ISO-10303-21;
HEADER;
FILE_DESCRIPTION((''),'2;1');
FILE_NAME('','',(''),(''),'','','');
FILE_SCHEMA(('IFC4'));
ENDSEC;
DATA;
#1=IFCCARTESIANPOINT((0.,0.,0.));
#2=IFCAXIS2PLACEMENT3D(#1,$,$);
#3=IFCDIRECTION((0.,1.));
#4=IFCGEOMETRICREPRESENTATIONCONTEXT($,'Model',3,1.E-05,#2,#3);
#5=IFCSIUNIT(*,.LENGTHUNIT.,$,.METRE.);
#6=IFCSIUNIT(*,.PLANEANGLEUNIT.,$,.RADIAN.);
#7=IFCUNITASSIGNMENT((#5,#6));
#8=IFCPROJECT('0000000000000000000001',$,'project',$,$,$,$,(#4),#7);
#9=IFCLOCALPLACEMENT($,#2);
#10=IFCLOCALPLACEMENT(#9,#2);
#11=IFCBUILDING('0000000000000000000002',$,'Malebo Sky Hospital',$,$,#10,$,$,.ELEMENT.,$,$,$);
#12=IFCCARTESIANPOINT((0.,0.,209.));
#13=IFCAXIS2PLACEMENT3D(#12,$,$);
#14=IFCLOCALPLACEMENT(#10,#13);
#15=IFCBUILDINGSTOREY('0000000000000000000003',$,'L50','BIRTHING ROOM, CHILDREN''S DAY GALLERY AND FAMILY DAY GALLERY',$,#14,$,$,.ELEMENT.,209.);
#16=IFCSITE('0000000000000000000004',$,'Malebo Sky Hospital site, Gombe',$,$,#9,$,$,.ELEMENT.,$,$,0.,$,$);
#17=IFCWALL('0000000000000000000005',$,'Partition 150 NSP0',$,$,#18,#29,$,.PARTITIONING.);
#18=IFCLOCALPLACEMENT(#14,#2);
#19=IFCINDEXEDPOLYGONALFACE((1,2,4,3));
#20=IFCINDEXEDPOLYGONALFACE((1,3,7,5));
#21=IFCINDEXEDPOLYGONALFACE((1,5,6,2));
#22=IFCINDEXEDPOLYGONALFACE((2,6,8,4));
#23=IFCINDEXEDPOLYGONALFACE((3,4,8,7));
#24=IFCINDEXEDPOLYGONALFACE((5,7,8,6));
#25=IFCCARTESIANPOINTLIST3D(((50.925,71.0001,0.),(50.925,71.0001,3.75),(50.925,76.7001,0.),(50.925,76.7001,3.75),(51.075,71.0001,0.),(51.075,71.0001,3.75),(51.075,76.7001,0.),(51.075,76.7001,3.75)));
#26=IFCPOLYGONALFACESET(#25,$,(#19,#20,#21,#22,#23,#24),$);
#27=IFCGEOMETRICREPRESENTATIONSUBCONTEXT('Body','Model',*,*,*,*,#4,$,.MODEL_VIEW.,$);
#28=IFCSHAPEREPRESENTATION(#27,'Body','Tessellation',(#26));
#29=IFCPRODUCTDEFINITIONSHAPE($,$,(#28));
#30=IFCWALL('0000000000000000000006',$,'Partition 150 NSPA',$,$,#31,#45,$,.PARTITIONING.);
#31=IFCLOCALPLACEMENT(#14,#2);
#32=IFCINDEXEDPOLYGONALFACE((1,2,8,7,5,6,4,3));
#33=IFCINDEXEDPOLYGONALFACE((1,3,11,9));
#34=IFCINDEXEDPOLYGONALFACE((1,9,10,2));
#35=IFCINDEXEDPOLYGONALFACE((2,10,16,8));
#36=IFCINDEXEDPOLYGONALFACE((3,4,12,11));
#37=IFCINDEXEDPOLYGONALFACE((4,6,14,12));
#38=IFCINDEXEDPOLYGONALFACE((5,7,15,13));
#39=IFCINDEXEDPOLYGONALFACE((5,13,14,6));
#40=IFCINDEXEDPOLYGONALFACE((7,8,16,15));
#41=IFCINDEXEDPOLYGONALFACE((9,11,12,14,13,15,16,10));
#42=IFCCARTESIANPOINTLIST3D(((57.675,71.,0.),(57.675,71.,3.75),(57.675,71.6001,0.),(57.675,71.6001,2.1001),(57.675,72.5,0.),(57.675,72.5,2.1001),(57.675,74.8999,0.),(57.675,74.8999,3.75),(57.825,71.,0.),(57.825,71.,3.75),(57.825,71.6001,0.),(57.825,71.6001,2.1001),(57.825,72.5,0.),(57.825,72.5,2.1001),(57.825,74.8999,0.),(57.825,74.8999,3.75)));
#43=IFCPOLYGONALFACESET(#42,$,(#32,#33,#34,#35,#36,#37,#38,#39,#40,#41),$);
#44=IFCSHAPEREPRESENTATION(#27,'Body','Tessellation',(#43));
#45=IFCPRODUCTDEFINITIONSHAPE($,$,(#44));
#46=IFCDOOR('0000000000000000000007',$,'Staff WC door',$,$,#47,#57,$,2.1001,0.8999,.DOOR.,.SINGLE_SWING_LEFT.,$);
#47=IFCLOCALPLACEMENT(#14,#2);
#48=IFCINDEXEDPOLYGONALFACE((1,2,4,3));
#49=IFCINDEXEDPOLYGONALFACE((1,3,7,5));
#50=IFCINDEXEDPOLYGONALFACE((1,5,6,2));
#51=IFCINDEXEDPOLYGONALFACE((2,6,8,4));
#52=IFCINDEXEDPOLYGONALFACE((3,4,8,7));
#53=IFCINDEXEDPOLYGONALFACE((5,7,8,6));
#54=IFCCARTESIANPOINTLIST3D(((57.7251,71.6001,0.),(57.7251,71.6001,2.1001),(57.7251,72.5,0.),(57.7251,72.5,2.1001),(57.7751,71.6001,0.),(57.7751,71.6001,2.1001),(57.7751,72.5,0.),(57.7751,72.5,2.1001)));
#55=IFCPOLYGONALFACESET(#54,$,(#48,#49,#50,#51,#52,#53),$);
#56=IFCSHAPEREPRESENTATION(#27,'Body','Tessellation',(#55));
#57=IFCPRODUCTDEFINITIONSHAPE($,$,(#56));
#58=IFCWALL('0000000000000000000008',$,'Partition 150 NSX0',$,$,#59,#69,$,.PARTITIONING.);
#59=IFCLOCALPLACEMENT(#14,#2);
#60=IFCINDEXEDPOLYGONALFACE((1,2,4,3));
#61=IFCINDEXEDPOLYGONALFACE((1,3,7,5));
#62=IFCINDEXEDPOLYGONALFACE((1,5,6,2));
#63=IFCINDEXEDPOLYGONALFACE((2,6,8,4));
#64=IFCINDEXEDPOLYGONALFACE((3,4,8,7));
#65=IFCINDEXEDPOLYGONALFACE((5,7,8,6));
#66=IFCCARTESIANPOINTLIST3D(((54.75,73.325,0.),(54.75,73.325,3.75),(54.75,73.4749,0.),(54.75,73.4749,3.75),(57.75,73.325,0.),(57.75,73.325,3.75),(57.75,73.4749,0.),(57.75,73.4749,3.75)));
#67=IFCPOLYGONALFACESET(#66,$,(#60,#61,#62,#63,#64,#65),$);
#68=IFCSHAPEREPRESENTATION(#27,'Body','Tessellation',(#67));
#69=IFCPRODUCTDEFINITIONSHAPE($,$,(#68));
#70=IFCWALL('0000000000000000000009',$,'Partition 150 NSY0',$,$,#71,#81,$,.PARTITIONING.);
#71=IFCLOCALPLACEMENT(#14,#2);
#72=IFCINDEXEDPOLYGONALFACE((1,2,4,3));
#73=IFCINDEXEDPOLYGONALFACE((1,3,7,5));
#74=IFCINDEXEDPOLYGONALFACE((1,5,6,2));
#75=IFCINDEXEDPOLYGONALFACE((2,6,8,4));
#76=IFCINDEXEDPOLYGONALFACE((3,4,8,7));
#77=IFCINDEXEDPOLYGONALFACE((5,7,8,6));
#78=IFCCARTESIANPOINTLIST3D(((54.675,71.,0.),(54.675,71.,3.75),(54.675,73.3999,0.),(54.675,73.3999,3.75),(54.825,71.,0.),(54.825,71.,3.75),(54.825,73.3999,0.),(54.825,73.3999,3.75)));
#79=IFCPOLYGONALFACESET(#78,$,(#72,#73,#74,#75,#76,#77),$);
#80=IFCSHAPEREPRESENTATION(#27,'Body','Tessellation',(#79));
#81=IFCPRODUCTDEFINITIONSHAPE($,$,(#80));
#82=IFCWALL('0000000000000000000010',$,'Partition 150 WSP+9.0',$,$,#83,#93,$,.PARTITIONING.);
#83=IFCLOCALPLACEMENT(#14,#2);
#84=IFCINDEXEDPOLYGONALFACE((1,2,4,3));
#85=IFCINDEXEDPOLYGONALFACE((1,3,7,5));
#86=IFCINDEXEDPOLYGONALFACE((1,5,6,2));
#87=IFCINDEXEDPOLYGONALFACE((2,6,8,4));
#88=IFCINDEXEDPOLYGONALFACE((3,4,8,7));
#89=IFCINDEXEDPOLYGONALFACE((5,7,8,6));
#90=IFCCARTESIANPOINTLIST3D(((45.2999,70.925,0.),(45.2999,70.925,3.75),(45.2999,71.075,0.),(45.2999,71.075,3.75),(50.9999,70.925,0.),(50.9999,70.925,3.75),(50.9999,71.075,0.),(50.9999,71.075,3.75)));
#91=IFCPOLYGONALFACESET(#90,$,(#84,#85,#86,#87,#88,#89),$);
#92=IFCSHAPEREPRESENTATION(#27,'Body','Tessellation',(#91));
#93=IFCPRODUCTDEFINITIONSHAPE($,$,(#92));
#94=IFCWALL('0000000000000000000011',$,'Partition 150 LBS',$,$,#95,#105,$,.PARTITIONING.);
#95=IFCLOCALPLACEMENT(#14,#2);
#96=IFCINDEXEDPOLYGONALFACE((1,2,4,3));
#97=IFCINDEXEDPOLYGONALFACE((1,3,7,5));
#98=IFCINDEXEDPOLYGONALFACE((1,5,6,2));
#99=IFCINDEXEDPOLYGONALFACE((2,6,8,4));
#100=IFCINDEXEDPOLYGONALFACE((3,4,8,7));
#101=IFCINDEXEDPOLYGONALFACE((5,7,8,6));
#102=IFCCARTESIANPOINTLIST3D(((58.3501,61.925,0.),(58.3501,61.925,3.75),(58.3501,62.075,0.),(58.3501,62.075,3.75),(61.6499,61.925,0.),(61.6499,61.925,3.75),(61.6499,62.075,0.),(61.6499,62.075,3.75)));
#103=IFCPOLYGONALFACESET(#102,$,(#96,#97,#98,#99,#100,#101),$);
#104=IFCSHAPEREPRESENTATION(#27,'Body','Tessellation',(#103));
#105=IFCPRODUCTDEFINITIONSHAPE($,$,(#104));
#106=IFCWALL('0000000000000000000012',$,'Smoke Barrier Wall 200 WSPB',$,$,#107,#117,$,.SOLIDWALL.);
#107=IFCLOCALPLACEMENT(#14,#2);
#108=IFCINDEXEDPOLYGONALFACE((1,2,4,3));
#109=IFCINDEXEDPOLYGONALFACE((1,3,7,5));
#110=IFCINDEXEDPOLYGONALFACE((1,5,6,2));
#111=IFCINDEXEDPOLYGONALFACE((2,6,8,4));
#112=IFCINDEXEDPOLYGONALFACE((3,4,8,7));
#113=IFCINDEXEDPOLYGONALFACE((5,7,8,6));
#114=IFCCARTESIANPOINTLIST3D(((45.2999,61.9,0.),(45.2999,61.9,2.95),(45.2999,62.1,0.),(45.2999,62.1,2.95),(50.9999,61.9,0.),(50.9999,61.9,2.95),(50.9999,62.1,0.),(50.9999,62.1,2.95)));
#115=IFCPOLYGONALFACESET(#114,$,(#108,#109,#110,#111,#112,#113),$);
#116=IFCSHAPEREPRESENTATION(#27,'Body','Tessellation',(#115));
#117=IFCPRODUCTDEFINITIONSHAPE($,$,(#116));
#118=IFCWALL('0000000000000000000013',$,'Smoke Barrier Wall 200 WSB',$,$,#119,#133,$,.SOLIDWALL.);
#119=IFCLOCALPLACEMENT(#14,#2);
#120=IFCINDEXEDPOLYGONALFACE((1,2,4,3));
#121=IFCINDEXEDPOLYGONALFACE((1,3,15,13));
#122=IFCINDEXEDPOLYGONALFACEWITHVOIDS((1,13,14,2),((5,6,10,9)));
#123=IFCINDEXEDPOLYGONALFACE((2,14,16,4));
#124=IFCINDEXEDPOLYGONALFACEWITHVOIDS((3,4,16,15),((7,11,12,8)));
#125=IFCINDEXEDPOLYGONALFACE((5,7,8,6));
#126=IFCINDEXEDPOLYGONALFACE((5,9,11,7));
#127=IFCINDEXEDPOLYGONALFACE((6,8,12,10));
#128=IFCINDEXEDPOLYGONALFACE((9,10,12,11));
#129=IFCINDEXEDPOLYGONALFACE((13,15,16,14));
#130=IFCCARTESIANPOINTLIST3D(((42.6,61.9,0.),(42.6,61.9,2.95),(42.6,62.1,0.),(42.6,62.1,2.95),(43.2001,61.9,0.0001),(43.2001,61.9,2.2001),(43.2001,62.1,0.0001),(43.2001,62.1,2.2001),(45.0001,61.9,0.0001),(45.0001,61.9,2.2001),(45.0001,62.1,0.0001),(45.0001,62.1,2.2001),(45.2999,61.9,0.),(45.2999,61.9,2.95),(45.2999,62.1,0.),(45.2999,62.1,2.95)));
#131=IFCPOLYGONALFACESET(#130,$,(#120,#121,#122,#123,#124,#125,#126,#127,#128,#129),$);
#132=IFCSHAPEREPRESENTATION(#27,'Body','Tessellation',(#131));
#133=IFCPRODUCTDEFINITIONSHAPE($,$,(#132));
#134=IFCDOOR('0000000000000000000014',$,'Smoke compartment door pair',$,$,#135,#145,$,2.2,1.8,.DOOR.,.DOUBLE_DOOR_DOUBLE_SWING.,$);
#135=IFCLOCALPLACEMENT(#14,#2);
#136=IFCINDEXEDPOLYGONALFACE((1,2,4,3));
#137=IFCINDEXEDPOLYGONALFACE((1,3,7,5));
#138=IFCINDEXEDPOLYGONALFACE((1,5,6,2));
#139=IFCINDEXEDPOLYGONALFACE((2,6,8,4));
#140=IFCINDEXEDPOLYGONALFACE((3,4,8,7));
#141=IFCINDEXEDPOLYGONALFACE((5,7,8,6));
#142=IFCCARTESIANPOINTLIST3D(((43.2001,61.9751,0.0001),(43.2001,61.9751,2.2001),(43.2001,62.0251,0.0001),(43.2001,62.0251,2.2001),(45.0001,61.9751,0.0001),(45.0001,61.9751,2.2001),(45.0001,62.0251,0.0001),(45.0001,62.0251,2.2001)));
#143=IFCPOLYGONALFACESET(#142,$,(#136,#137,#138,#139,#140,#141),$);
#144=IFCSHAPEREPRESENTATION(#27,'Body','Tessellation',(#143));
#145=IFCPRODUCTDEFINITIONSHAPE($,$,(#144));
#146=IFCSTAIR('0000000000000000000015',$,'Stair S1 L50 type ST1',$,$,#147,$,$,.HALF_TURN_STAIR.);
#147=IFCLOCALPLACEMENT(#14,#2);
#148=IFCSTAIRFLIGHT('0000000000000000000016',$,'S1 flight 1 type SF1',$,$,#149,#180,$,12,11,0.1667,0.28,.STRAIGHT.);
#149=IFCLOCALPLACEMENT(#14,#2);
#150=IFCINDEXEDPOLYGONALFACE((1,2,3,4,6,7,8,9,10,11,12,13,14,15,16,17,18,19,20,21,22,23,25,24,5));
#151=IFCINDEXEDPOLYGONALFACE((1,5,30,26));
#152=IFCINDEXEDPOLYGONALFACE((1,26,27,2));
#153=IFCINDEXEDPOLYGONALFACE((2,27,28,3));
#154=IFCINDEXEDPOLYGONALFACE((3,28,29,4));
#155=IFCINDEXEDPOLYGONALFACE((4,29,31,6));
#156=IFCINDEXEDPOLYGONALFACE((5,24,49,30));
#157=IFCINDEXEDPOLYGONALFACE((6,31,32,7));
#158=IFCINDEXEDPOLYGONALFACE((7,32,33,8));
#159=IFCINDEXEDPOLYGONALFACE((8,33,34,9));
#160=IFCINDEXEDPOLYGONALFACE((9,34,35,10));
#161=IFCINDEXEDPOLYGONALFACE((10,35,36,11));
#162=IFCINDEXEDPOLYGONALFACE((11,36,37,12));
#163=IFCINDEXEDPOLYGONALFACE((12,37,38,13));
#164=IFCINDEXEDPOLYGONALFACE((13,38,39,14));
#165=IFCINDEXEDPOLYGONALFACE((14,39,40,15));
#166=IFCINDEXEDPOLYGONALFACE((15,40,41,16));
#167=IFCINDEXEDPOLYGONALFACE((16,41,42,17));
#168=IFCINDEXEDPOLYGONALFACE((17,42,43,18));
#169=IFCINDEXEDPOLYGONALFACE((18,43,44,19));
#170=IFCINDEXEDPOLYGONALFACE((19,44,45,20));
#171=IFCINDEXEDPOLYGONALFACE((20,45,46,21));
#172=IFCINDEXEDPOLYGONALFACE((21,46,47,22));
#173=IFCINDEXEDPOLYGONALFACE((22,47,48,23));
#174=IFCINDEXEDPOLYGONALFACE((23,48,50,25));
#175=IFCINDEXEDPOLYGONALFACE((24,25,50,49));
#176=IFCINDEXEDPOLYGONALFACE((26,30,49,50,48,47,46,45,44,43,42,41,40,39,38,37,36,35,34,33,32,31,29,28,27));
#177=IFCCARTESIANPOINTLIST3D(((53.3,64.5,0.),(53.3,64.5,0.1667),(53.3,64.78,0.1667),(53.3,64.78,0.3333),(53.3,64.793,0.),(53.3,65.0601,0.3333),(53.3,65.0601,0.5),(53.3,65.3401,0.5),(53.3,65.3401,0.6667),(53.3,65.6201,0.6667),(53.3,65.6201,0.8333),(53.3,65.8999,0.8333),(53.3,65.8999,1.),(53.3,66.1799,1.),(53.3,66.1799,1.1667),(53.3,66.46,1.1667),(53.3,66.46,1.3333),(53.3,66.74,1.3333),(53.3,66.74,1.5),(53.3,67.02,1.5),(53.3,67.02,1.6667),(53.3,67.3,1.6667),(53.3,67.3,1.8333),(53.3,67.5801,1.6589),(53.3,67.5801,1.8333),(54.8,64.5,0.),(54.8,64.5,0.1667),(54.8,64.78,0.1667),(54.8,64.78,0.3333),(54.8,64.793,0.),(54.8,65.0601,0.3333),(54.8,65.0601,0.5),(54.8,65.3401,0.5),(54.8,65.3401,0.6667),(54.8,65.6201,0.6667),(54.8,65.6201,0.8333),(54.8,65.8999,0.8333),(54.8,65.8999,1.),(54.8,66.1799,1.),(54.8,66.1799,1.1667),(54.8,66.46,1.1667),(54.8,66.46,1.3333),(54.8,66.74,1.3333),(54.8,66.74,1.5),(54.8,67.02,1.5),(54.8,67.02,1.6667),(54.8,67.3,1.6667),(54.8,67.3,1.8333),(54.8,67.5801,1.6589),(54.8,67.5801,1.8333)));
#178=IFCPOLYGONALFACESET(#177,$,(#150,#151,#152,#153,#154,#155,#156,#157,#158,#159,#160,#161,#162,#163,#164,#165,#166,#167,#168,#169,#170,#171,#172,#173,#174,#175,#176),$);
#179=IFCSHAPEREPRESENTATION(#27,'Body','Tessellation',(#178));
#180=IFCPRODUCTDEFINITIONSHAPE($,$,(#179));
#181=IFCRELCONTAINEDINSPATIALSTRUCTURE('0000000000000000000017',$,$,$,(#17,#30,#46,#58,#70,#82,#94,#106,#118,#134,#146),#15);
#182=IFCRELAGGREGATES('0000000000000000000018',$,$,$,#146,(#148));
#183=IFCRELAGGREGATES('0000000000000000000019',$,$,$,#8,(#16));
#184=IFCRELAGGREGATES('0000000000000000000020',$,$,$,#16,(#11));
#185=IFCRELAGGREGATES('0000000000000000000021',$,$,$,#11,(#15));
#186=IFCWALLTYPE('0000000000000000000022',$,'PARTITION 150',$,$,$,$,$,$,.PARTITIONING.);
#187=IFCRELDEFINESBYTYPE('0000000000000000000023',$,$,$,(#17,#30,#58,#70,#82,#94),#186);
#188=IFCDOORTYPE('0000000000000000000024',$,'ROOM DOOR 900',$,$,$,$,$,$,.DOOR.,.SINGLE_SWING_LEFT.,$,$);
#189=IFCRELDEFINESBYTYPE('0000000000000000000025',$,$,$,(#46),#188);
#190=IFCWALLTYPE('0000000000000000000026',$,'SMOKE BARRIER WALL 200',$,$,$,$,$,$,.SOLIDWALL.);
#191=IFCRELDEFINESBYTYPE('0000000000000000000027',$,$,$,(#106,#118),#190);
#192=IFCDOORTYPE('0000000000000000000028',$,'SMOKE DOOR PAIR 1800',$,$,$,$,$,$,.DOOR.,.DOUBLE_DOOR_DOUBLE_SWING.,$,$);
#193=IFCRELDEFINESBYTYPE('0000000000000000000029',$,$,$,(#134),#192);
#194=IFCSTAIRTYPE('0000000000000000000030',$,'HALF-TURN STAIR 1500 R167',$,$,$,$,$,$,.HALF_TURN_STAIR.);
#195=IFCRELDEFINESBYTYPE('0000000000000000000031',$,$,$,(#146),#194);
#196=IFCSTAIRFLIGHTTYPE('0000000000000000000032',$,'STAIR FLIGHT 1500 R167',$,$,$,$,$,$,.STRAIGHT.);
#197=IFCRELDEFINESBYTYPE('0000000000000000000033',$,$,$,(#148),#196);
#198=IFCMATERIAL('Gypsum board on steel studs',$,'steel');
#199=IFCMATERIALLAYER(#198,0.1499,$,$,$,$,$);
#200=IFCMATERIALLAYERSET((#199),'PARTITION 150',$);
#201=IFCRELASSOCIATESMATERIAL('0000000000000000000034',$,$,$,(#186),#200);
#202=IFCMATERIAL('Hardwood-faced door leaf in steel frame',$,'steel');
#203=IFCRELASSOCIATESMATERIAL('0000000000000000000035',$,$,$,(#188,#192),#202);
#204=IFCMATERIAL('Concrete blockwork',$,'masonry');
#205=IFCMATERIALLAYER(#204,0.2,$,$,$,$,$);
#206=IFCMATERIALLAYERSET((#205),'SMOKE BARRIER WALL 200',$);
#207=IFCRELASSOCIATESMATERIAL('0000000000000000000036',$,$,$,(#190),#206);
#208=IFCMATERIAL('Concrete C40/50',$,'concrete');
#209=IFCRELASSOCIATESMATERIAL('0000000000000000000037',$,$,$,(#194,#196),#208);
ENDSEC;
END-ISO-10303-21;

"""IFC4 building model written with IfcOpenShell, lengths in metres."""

from ifc_helpers import new_model, si_unit, direction, frame, frame_2d, origin, place, context, subcontext, project, spatial, polyline, rectangle, outline, extrude, material, layer, layer_set, type_object, element, fill, aggregate, save


model = new_model("IFC4")

# Units and contexts
model_context = context("Model", 3, precision=1e-05, world=origin(), true_north=direction((0.0, 1.0)))
body_context = subcontext(model_context, "Body", "Model", "MODEL_VIEW")
ifc_project = project(units=[si_unit("LENGTHUNIT", "METRE"), si_unit("PLANEANGLEUNIT", "RADIAN")], contexts=[model_context])

# Site, building, storey
site_placement = place(None, origin())
site = spatial("IfcSite", under=ifc_project, at=site_placement, Name="Malebo Sky Hospital site, Gombe", CompositionType="ELEMENT", RefElevation=0.0)
building_placement = place(site_placement, origin())
building = spatial("IfcBuilding", under=site, at=building_placement, Name="Malebo Sky Hospital", CompositionType="ELEMENT")
storey_placement = place(building_placement, frame((0.0, 0.0, 209.0)))
storey = spatial("IfcBuildingStorey", under=building, at=storey_placement, Name="L50", Description="BIRTHING ROOM, CHILDREN'S DAY GALLERY AND FAMILY DAY GALLERY", CompositionType="ELEMENT", Elevation=209.0)

# Shared definitions
ifc_material_1 = material(Name="Hardwood-faced door leaf in steel frame", Category="steel")
ifc_material_2 = material(Name="Gypsum board on steel studs", Category="steel")

# Wall
ifc_layer_1 = layer(ifc_material_2, 0.1499)
ifc_layer_set_1 = layer_set([ifc_layer_1], Name="PARTITION 150")
wall_type_1 = type_object("IfcWallType", Name="PARTITION 150", PredefinedType="PARTITIONING", material=ifc_layer_set_1)
wall_1_placement = place(storey_placement, frame((51.0, 71.0, 0.0), z_axis=(0.0, 0.0, 1.0), x_axis=(0.0, 1.0, 0.0)))
element("IfcWall", 1, at=wall_1_placement, inside=storey, type_object=wall_type_1, Name="Partition 150 NSP0", PredefinedType="PARTITIONING", context=body_context, shape_type="SweptSolid", body=[
    extrude(rectangle(XDim=5.7, YDim=0.1499, at=frame_2d((2.8501, 0.0))), origin(), (0.0, 0.0, 1.0), 3.75),
])

# Wall, opening, door
wall_2_placement = place(storey_placement, frame((57.75, 71.0, 0.0), z_axis=(0.0, 0.0, 1.0), x_axis=(0.0, 1.0, 0.0)))
wall_2 = element("IfcWall", 2, at=wall_2_placement, inside=storey, type_object=wall_type_1, Name="Partition 150 NSPA", PredefinedType="PARTITIONING", context=body_context, shape_type="SweptSolid", body=[
    extrude(rectangle(XDim=3.8999, YDim=0.1499, at=frame_2d((1.95, 0.0))), origin(), (0.0, 0.0, 1.0), 3.75),
])
opening_1_placement = place(wall_2_placement, frame((0.6001, 0.0, 0.0)))
opening_1 = element("IfcOpeningElement", 3, at=opening_1_placement, cuts=wall_2, PredefinedType="OPENING", context=body_context, shape_type="SweptSolid", body=[
    extrude(rectangle(XDim=0.8999, YDim=2.1001, at=frame_2d((0.45, 1.05))), frame((0.0, 0.085, 0.0), z_axis=(0.0, -1.0, 0.0), x_axis=(1.0, 0.0, 0.0)), (0.0, 0.0, 1.0), 0.1699),
])
door_type_1 = type_object("IfcDoorType", Name="ROOM DOOR 900", OperationType="SINGLE_SWING_LEFT", PredefinedType="DOOR", material=ifc_material_1)
door_1_placement = place(opening_1_placement, origin())
door_1 = element("IfcDoor", 4, at=door_1_placement, inside=storey, type_object=door_type_1, Name="Staff WC door", OperationType="SINGLE_SWING_LEFT", OverallHeight=2.1001, OverallWidth=0.8999, PredefinedType="DOOR", context=body_context, shape_type="SweptSolid", body=[
    extrude(rectangle(XDim=0.8999, YDim=2.1001, at=frame_2d((0.45, 1.05))), frame((0.0, 0.0249, 0.0), z_axis=(0.0, -1.0, 0.0), x_axis=(1.0, 0.0, 0.0)), (0.0, 0.0, 1.0), 0.05),
])
fill(opening_1, door_1)

# Walls
wall_3_placement = place(storey_placement, frame((54.75, 73.3999, 0.0), z_axis=(0.0, 0.0, 1.0), x_axis=(1.0, 0.0, 0.0)))
element("IfcWall", 5, at=wall_3_placement, inside=storey, type_object=wall_type_1, Name="Partition 150 NSX0", PredefinedType="PARTITIONING", context=body_context, shape_type="SweptSolid", body=[
    extrude(rectangle(XDim=3.0, YDim=0.1499, at=frame_2d((1.5, 0.0))), origin(), (0.0, 0.0, 1.0), 3.75),
])
wall_4_placement = place(storey_placement, frame((54.75, 71.0, 0.0), z_axis=(0.0, 0.0, 1.0), x_axis=(0.0, 1.0, 0.0)))
element("IfcWall", 6, at=wall_4_placement, inside=storey, type_object=wall_type_1, Name="Partition 150 NSY0", PredefinedType="PARTITIONING", context=body_context, shape_type="SweptSolid", body=[
    extrude(rectangle(XDim=2.3999, YDim=0.1499, at=frame_2d((1.2, 0.0))), origin(), (0.0, 0.0, 1.0), 3.75),
])
wall_5_placement = place(storey_placement, frame((51.0, 71.0, 0.0), z_axis=(0.0, 0.0, 1.0), x_axis=(-1.0, 0.0, 0.0)))
element("IfcWall", 7, at=wall_5_placement, inside=storey, type_object=wall_type_1, Name="Partition 150 WSP+9.0", PredefinedType="PARTITIONING", context=body_context, shape_type="SweptSolid", body=[
    extrude(rectangle(XDim=5.7, YDim=0.1499, at=frame_2d((2.8501, 0.0))), origin(), (0.0, 0.0, 1.0), 3.75),
])
wall_6_placement = place(storey_placement, frame((58.3501, 62.0, 0.0), z_axis=(0.0, 0.0, 1.0), x_axis=(1.0, 0.0, 0.0)))
element("IfcWall", 8, at=wall_6_placement, inside=storey, type_object=wall_type_1, Name="Partition 150 LBS", PredefinedType="PARTITIONING", context=body_context, shape_type="SweptSolid", body=[
    extrude(rectangle(XDim=3.2998, YDim=0.1499, at=frame_2d((1.6499, 0.0))), origin(), (0.0, 0.0, 1.0), 3.75),
])
ifc_material_3 = material(Name="Concrete blockwork", Category="masonry")
ifc_layer_2 = layer(ifc_material_3, 0.2)
ifc_layer_set_2 = layer_set([ifc_layer_2], Name="SMOKE BARRIER WALL 200")
wall_type_2 = type_object("IfcWallType", Name="SMOKE BARRIER WALL 200", PredefinedType="SOLIDWALL", material=ifc_layer_set_2)
wall_7_placement = place(storey_placement, frame((51.0, 62.0, 0.0), z_axis=(0.0, 0.0, 1.0), x_axis=(-1.0, 0.0, 0.0)))
element("IfcWall", 9, at=wall_7_placement, inside=storey, type_object=wall_type_2, Name="Smoke Barrier Wall 200 WSPB", PredefinedType="SOLIDWALL", context=body_context, shape_type="SweptSolid", body=[
    extrude(rectangle(XDim=5.7, YDim=0.2, at=frame_2d((2.8501, 0.0))), origin(), (0.0, 0.0, 1.0), 2.95),
])

# Wall, opening, door
wall_8_placement = place(storey_placement, frame((45.3, 62.0, 0.0), z_axis=(0.0, 0.0, 1.0), x_axis=(-1.0, 0.0, 0.0)))
wall_8 = element("IfcWall", 10, at=wall_8_placement, inside=storey, type_object=wall_type_2, Name="Smoke Barrier Wall 200 WSB", PredefinedType="SOLIDWALL", context=body_context, shape_type="SweptSolid", body=[
    extrude(rectangle(XDim=2.7, YDim=0.2, at=frame_2d((1.3501, 0.0))), origin(), (0.0, 0.0, 1.0), 2.95),
])
opening_2_placement = place(wall_8_placement, frame((0.3, 0.0, 0.0)))
opening_2 = element("IfcOpeningElement", 11, at=opening_2_placement, cuts=wall_8, PredefinedType="OPENING", context=body_context, shape_type="SweptSolid", body=[
    extrude(rectangle(XDim=1.8, YDim=2.2, at=frame_2d((0.8999, 1.1001))), frame((0.0, 0.1099, 0.0), z_axis=(0.0, -1.0, 0.0), x_axis=(1.0, 0.0, 0.0)), (0.0, 0.0, 1.0), 0.22),
])
door_type_2 = type_object("IfcDoorType", Name="SMOKE DOOR PAIR 1800", OperationType="DOUBLE_DOOR_DOUBLE_SWING", PredefinedType="DOOR", material=ifc_material_1)
door_2_placement = place(opening_2_placement, origin())
door_2 = element("IfcDoor", 12, at=door_2_placement, inside=storey, type_object=door_type_2, Name="Smoke compartment door pair", OperationType="DOUBLE_DOOR_DOUBLE_SWING", OverallHeight=2.2, OverallWidth=1.8, PredefinedType="DOOR", context=body_context, shape_type="SweptSolid", body=[
    extrude(rectangle(XDim=1.8, YDim=2.2, at=frame_2d((0.8999, 1.1001))), frame((0.0, 0.0249, 0.0), z_axis=(0.0, -1.0, 0.0), x_axis=(1.0, 0.0, 0.0)), (0.0, 0.0, 1.0), 0.05),
])
fill(opening_2, door_2)

# Stair, stair flight
ifc_material_4 = material(Name="Concrete C40/50", Category="concrete")
stair_type = type_object("IfcStairType", Name="HALF-TURN STAIR 1500 R167", PredefinedType="HALF_TURN_STAIR", material=ifc_material_4)
stair_placement = place(storey_placement, origin())
stair = element("IfcStair", 13, at=stair_placement, inside=storey, type_object=stair_type, Name="Stair S1 L50 type ST1", PredefinedType="HALF_TURN_STAIR")
stair_flight_type = type_object("IfcStairFlightType", Name="STAIR FLIGHT 1500 R167", PredefinedType="STRAIGHT", material=ifc_material_4)
stair_flight_1_placement = place(storey_placement, frame((54.05, 64.5, 0.0), z_axis=(0.0, 0.0, 1.0), x_axis=(0.0, 1.0, 0.0)))
stair_flight_1 = element("IfcStairFlight", 14, at=stair_flight_1_placement, type_object=stair_flight_type, Name="S1 flight 1 type SF1", NumberOfRisers=12, NumberOfTreads=11, PredefinedType="STRAIGHT", RiserHeight=0.1667, TreadLength=0.28, context=body_context, shape_type="SweptSolid", body=[
    extrude(outline(polyline([(0.0, 0.0), (0.0, 0.1667), (0.28, 0.1667), (0.28, 0.3333), (0.5601, 0.3333), (0.5601, 0.5), (0.8401, 0.5), (0.8401, 0.6667), (1.1201, 0.6667), (1.1201, 0.8333), (1.3999, 0.8333), (1.3999, 1.0), (1.6799, 1.0), (1.6799, 1.1667), (1.96, 1.1667), (1.96, 1.3333), (2.24, 1.3333), (2.24, 1.5), (2.52, 1.5), (2.52, 1.6667), (2.8, 1.6667), (2.8, 1.8333), (3.0801, 1.8333), (3.0801, 2.0), (3.0801, 1.6589), (0.293, 0.0), (0.0, 0.0)])), frame((0.0, 0.75, 0.0), z_axis=(0.0, -1.0, 0.0), x_axis=(1.0, 0.0, 0.0)), (0.0, 0.0, 1.0), 1.5),
])
aggregate(stair, [stair_flight_1])

save(model, "model.ifc")
